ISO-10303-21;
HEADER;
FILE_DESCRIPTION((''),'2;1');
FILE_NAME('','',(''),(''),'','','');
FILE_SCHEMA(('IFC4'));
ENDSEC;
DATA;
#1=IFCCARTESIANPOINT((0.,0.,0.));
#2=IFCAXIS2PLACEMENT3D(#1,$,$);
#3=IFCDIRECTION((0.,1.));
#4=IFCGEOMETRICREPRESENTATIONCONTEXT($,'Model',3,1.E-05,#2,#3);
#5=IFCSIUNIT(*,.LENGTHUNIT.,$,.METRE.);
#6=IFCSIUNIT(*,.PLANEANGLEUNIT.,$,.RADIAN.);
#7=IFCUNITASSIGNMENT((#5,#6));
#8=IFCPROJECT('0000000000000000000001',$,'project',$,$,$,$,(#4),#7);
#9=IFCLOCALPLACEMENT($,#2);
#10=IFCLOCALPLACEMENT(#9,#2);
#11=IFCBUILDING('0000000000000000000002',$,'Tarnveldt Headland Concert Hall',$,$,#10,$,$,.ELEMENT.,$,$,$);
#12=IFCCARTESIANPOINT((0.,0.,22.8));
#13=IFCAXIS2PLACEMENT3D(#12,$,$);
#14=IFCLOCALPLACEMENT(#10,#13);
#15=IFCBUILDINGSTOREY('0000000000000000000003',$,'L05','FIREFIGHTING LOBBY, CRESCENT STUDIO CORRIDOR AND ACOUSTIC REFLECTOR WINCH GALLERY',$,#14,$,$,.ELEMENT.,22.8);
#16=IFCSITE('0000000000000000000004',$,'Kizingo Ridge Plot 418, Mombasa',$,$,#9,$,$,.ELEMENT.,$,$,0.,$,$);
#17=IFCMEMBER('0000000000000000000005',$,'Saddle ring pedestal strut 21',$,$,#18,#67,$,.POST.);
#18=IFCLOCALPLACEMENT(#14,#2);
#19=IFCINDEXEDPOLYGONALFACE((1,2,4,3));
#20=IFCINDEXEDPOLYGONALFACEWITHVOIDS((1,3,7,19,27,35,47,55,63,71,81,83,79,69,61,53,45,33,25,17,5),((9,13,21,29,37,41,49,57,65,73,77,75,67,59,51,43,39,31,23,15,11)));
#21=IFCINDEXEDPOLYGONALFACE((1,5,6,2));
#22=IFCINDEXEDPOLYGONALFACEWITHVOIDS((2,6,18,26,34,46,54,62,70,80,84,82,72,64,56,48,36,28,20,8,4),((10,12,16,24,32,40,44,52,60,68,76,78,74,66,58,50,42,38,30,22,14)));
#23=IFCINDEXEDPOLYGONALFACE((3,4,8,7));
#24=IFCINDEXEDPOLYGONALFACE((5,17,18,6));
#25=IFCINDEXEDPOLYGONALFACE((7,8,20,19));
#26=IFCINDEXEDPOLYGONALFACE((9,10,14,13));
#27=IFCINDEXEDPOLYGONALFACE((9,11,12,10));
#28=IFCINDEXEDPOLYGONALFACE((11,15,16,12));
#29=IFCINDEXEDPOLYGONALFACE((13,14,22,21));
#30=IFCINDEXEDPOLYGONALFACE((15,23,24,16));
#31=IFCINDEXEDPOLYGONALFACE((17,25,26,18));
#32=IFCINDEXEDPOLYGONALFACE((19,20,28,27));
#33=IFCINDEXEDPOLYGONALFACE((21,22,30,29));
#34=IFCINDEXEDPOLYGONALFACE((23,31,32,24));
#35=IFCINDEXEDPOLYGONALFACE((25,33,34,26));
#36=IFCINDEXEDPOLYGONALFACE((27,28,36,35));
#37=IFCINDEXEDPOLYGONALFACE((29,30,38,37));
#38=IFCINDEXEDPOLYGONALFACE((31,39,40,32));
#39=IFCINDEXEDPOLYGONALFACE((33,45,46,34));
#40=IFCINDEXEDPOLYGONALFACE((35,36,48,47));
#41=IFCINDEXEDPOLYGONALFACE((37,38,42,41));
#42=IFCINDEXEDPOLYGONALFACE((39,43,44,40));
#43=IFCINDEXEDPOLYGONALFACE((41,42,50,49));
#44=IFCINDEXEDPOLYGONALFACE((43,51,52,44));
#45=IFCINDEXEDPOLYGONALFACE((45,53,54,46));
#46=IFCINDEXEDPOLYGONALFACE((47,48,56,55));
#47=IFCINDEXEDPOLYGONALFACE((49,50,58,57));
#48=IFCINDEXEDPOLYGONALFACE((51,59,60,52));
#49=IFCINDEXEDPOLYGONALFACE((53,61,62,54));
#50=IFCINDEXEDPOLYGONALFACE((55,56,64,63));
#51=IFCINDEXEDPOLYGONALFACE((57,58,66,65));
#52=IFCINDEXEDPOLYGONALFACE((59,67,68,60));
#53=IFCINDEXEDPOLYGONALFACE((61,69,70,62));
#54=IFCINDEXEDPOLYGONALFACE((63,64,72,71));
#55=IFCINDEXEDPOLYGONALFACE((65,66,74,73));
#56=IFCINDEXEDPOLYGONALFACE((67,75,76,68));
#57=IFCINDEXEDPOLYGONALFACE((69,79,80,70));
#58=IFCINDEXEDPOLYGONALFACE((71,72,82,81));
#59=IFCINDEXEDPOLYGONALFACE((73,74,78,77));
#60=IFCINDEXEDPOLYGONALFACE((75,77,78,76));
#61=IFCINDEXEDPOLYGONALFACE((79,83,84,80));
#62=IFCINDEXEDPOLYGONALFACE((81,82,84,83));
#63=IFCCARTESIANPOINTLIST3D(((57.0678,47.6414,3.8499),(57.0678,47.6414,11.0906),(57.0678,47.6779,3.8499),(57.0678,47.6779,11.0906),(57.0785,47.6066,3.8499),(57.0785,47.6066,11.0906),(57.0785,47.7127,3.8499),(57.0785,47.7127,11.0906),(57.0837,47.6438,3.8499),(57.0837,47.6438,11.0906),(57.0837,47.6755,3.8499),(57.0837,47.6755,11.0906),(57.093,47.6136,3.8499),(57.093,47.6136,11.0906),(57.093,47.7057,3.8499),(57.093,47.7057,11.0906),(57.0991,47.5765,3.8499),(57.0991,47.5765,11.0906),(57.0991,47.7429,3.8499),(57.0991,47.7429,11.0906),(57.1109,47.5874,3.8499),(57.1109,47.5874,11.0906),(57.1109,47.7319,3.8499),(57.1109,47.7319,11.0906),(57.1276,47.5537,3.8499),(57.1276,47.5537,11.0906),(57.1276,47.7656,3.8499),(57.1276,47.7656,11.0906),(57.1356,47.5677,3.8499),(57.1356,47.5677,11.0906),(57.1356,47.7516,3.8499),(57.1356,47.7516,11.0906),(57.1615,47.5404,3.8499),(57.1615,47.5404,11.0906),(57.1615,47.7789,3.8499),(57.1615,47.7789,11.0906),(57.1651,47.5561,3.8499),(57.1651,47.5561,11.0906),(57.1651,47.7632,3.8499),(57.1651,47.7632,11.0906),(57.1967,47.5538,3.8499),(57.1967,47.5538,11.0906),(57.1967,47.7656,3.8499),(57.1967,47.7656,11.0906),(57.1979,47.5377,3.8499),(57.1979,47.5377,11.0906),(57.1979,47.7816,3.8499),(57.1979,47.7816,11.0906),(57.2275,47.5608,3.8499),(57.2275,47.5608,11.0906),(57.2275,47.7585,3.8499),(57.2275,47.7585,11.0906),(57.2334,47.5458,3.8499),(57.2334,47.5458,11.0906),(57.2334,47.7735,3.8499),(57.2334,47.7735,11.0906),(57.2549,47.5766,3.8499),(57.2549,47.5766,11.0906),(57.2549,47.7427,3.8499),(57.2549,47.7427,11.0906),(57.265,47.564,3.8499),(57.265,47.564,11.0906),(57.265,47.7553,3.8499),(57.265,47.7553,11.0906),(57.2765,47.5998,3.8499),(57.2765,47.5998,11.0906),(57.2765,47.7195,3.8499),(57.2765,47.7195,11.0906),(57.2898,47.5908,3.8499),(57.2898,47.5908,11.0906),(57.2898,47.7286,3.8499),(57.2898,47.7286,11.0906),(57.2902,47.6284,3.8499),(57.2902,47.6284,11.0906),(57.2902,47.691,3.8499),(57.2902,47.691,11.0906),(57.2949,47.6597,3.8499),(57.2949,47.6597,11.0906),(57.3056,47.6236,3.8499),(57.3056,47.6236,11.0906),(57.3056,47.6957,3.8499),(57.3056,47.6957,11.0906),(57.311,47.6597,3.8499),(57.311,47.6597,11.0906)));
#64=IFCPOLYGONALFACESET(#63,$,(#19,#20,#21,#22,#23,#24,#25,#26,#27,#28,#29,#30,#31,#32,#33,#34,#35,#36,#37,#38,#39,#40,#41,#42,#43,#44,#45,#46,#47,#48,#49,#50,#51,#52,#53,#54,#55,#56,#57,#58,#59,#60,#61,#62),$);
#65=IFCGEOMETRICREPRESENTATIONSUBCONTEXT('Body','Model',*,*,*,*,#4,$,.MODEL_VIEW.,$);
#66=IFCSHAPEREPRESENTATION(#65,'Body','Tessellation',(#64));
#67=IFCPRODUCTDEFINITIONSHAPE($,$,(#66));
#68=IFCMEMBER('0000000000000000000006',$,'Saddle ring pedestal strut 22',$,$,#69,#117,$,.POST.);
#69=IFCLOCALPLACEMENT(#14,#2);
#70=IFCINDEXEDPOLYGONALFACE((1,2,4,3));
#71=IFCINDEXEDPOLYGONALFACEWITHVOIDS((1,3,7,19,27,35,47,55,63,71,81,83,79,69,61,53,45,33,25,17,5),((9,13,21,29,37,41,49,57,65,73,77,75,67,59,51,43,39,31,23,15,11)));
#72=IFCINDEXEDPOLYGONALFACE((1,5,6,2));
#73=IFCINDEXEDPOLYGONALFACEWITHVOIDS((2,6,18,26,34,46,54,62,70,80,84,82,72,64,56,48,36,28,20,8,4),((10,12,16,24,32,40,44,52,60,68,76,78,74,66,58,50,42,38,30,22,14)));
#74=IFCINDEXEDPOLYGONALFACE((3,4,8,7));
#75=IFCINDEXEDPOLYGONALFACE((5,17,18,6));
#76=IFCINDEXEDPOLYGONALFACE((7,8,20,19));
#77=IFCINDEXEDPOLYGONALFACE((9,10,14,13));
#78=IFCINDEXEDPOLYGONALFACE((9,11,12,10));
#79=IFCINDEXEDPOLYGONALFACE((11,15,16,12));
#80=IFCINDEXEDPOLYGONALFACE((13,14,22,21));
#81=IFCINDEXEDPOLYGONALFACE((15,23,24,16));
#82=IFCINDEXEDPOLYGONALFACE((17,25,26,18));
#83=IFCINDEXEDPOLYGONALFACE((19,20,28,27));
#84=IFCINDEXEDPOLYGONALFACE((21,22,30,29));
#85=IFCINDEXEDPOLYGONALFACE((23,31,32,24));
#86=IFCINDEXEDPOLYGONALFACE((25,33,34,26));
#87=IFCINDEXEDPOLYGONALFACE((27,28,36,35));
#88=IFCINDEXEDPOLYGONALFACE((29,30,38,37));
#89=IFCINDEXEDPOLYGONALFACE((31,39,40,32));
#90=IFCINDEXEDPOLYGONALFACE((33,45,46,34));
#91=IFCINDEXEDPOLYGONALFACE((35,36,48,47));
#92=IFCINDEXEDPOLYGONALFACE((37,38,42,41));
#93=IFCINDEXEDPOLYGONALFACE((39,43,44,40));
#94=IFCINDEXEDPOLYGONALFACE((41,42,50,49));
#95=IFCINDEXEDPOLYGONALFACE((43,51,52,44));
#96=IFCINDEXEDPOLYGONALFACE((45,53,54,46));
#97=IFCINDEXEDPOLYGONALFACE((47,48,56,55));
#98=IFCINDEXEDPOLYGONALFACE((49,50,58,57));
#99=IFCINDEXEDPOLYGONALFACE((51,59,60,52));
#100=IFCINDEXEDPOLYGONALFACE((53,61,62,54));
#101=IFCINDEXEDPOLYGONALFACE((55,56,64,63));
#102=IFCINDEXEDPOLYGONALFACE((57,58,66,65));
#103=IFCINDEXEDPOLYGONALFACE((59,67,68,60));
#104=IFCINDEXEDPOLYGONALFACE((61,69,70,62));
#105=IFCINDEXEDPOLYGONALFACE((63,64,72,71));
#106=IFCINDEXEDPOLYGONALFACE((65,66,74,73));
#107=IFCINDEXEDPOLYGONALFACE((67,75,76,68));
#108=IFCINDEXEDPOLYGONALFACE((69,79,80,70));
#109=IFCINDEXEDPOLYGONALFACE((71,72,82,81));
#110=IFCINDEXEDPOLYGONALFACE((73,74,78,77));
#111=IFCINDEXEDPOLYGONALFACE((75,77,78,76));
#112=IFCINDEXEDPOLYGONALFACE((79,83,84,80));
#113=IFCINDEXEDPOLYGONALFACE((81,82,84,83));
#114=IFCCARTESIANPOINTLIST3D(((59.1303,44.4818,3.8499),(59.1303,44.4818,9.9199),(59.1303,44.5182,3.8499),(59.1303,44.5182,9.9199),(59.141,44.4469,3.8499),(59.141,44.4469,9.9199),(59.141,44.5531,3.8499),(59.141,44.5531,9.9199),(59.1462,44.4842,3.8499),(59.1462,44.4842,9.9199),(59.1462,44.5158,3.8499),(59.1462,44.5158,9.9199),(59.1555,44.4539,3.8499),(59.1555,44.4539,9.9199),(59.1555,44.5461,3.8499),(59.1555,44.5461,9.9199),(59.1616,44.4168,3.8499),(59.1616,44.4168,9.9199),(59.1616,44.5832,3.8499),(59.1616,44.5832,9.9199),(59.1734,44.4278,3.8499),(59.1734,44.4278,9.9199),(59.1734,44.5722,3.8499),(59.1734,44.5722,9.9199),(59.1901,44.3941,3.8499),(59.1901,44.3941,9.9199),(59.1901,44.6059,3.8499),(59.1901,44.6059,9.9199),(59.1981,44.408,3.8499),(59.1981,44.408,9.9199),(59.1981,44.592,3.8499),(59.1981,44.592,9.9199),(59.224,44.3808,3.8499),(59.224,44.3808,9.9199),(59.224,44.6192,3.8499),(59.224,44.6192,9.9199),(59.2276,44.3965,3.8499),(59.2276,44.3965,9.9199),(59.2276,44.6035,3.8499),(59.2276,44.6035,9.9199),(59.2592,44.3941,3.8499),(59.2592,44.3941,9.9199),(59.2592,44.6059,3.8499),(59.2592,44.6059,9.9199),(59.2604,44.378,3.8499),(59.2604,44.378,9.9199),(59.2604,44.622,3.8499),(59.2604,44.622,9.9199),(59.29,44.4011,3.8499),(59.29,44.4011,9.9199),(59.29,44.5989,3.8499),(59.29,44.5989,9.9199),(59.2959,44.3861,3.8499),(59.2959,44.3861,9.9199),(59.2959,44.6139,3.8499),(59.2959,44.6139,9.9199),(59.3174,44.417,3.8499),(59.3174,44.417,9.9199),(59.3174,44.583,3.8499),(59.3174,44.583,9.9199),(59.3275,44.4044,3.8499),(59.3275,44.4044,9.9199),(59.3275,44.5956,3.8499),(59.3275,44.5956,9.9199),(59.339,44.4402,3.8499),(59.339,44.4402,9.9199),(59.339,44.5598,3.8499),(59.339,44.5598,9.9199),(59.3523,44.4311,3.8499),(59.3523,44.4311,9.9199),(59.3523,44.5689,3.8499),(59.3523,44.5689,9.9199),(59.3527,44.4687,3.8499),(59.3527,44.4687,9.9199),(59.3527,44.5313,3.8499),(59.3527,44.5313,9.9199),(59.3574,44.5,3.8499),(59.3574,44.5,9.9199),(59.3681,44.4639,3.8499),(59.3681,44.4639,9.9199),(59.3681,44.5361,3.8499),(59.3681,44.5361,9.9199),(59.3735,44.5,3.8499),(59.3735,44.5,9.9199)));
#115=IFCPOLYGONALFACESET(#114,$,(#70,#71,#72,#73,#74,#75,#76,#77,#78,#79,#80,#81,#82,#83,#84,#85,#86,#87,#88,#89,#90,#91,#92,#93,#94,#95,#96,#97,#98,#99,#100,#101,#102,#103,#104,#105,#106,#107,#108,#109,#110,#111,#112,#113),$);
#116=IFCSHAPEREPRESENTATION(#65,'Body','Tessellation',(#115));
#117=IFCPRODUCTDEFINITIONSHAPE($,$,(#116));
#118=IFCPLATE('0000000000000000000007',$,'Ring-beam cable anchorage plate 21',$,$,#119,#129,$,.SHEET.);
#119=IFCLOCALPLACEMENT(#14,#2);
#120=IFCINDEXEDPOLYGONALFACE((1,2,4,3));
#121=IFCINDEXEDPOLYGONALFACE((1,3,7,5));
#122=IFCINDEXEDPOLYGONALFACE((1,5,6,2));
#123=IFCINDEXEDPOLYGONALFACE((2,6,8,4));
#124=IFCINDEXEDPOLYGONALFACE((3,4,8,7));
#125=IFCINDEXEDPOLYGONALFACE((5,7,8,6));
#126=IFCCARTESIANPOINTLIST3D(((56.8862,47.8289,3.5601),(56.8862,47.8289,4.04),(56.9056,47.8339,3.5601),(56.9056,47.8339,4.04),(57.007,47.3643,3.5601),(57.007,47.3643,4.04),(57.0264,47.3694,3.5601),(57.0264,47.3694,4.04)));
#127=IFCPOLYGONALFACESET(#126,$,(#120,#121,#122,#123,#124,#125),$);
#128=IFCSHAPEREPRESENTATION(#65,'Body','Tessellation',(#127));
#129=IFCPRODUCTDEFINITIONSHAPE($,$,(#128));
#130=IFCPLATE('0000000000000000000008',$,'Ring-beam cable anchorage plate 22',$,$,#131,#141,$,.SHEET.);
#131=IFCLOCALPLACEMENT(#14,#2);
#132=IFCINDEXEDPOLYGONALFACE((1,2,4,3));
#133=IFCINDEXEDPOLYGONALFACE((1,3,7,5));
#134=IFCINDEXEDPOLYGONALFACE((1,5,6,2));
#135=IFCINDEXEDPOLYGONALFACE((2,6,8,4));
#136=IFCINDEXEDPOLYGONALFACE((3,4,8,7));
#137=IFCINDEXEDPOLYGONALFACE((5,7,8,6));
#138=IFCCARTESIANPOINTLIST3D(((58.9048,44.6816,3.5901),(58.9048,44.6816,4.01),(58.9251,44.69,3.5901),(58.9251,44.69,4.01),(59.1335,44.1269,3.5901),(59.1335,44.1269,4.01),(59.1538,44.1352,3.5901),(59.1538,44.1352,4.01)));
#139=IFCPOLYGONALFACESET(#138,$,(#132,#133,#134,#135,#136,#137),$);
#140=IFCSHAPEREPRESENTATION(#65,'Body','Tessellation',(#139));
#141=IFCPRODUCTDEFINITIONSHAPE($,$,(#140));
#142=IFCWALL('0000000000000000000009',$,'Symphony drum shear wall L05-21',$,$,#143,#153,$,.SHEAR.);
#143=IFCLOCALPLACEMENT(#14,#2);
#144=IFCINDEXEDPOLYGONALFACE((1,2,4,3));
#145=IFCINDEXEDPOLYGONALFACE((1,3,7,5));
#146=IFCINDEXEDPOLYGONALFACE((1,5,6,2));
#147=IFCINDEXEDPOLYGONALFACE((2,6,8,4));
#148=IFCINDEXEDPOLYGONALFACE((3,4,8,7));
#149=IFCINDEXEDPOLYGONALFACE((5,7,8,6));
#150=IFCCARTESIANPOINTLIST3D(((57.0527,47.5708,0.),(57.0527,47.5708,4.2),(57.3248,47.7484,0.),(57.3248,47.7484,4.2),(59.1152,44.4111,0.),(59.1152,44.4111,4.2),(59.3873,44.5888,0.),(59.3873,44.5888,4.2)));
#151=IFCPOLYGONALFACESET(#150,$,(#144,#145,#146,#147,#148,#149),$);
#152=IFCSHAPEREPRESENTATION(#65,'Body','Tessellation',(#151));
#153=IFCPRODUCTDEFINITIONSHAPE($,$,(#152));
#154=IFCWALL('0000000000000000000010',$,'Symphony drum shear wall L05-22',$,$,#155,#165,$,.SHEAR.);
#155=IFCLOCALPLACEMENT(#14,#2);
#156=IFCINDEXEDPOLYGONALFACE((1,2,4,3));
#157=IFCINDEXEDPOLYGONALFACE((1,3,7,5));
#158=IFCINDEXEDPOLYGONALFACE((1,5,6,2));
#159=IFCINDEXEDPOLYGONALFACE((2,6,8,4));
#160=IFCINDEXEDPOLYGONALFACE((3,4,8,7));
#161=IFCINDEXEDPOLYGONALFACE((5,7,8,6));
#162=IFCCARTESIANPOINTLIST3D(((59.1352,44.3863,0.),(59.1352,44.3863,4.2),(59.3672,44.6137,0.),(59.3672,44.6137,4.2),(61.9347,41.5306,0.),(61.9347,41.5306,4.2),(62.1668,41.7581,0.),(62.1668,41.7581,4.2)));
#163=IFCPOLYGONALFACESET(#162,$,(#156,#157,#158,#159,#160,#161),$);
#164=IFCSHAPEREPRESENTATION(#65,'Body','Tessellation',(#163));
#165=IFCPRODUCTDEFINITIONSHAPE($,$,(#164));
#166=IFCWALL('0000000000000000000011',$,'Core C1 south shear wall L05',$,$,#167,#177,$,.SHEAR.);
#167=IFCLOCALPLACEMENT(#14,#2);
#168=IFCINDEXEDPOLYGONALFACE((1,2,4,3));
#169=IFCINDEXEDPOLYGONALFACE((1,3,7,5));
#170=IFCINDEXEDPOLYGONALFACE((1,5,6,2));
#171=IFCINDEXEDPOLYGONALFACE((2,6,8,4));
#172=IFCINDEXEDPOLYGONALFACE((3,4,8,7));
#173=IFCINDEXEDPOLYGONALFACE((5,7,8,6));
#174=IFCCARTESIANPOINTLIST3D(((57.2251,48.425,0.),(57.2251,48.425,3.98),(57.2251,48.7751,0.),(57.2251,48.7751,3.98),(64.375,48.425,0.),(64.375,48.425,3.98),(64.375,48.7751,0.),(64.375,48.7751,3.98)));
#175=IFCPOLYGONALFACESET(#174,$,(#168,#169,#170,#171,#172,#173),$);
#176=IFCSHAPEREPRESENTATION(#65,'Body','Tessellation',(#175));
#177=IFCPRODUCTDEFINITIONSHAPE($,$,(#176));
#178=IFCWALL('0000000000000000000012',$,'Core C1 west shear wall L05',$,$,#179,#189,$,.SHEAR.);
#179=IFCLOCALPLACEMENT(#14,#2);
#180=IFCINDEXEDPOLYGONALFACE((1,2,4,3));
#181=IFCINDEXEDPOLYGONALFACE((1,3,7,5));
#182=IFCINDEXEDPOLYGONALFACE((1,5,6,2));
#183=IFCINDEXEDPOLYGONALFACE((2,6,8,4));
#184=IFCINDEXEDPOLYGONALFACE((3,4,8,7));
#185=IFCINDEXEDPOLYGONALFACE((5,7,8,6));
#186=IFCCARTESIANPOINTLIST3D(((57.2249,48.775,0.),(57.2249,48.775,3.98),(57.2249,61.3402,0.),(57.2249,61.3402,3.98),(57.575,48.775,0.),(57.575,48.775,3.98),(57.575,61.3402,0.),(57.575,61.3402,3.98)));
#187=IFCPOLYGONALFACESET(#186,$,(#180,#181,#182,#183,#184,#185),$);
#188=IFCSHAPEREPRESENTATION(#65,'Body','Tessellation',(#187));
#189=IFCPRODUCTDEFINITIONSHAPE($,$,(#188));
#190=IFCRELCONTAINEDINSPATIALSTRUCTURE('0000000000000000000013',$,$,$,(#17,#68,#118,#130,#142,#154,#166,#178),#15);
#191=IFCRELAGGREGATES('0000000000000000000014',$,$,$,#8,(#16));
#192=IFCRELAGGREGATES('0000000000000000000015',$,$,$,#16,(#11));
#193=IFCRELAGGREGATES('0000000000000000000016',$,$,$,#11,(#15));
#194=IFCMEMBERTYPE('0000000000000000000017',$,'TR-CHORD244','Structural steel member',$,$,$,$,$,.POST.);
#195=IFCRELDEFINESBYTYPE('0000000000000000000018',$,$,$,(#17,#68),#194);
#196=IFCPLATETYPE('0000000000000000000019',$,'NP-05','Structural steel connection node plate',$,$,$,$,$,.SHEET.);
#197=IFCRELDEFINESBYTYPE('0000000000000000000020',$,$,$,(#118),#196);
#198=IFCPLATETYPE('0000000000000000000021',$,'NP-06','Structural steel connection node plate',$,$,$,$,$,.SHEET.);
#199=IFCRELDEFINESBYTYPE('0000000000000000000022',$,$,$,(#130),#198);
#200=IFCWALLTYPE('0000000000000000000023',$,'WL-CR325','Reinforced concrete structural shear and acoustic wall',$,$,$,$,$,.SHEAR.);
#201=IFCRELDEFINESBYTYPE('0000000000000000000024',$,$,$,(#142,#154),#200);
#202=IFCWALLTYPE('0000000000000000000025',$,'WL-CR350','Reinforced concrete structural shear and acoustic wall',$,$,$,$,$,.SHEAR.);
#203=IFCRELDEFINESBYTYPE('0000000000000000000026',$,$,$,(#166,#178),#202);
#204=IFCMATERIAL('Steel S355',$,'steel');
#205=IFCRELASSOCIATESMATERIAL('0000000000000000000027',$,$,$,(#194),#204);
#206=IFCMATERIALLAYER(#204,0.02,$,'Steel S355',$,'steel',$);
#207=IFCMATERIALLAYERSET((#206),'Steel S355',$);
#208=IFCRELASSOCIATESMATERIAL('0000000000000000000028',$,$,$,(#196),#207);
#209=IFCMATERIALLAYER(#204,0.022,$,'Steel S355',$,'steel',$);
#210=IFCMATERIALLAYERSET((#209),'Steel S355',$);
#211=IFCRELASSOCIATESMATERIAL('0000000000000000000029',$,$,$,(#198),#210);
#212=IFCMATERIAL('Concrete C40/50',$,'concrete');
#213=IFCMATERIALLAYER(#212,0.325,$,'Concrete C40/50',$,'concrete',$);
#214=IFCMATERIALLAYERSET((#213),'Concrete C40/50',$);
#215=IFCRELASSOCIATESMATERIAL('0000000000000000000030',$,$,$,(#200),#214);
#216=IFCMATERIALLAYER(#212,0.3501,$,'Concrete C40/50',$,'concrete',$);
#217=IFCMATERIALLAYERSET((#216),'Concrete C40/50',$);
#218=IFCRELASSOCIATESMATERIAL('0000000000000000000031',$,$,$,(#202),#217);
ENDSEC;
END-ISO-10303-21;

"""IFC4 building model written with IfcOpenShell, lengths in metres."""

from ifc_helpers import new_model, si_unit, direction, frame, frame_2d, origin, origin_2d, place, context, subcontext, project, spatial, rectangle, hollow_circle, extrude, material, layer, layer_set, material_profile, profile_set, type_object, element, save


model = new_model("IFC4")

# Units and contexts
model_context = context("Model", 3, precision=1e-05, world=origin(), true_north=direction((0.0, 1.0)))
body_context = subcontext(model_context, "Body", "Model", "MODEL_VIEW")
ifc_project = project(units=[si_unit("LENGTHUNIT", "METRE"), si_unit("PLANEANGLEUNIT", "RADIAN")], contexts=[model_context])

# Site, building, storey
site_placement = place(None, origin())
site = spatial("IfcSite", under=ifc_project, at=site_placement, Name="Kizingo Ridge Plot 418, Mombasa", CompositionType="ELEMENT", RefElevation=0.0)
building_placement = place(site_placement, origin())
building = spatial("IfcBuilding", under=site, at=building_placement, Name="Tarnveldt Headland Concert Hall", CompositionType="ELEMENT")
storey_placement = place(building_placement, frame((0.0, 0.0, 22.8)))
storey = spatial("IfcBuildingStorey", under=building, at=storey_placement, Name="L05", Description="FIREFIGHTING LOBBY, CRESCENT STUDIO CORRIDOR AND ACOUSTIC REFLECTOR WINCH GALLERY", CompositionType="ELEMENT", Elevation=22.8)

# Shared definitions
ifc_material_1 = material(Name="Concrete C40/50", Category="concrete")

# Shared definitions
ifc_material_2 = material(Name="Steel S355", Category="steel")

# Members
ifc_material_profile_1 = material_profile(ifc_material_2, hollow_circle(Radius=0.1223, WallThickness=0.0161, at=origin_2d()), Name="CHS 244.5x16", Category="steel")
ifc_profile_set_1 = profile_set([ifc_material_profile_1], Name="Steel S355")
member_type_1 = type_object("IfcMemberType", Name="TR-CHORD244", Description="Structural steel member", PredefinedType="POST", material=ifc_profile_set_1)
member_1_placement = place(storey_placement, frame((57.1887, 47.6597, 3.8499), z_axis=(0.0, 0.0, 1.0), x_axis=(1.0, 0.0, 0.0)))
element("IfcMember", 1, at=member_1_placement, inside=storey, type_object=member_type_1, Name="Saddle ring pedestal strut 21", PredefinedType="POST", context=body_context, shape_type="SweptSolid", body=[
    extrude(hollow_circle(Radius=0.1223, WallThickness=0.0161, at=origin_2d()), origin(), (0.0, 0.0, 1.0), 7.2407),
])
member_2_placement = place(storey_placement, frame((59.2512, 44.5, 3.8499), z_axis=(0.0, 0.0, 1.0), x_axis=(1.0, 0.0, 0.0)))
element("IfcMember", 2, at=member_2_placement, inside=storey, type_object=member_type_1, Name="Saddle ring pedestal strut 22", PredefinedType="POST", context=body_context, shape_type="SweptSolid", body=[
    extrude(hollow_circle(Radius=0.1223, WallThickness=0.0161, at=origin_2d()), origin(), (0.0, 0.0, 1.0), 6.0701),
])

# Plates
ifc_layer_1 = layer(ifc_material_2, 0.02, Name="Steel S355", Category="steel")
ifc_layer_set_1 = layer_set([ifc_layer_1], Name="Steel S355")
plate_type_1 = type_object("IfcPlateType", Name="NP-05", Description="Structural steel connection node plate", PredefinedType="SHEET", material=ifc_layer_set_1)
plate_1_placement = place(storey_placement, frame((56.9563, 47.5991, 3.5601), z_axis=(0.0, 0.0, 1.0), x_axis=(0.251563, -0.967841, 0.0)))
element("IfcPlate", 3, at=plate_1_placement, inside=storey, type_object=plate_type_1, Name="Ring-beam cable anchorage plate 21", PredefinedType="SHEET", context=body_context, shape_type="SweptSolid", body=[
    extrude(rectangle(XDim=0.48, YDim=0.02, at=origin_2d()), origin(), (0.0, 0.0, 1.0), 0.48),
])
ifc_layer_2 = layer(ifc_material_2, 0.022, Name="Steel S355", Category="steel")
ifc_layer_set_2 = layer_set([ifc_layer_2], Name="Steel S355")
plate_type_2 = type_object("IfcPlateType", Name="NP-06", Description="Structural steel connection node plate", PredefinedType="SHEET", material=ifc_layer_set_2)
plate_2_placement = place(storey_placement, frame((59.0293, 44.4084, 3.5901), z_axis=(0.0, 0.0, 1.0), x_axis=(0.381232, -0.92448, 0.0)))
element("IfcPlate", 4, at=plate_2_placement, inside=storey, type_object=plate_type_2, Name="Ring-beam cable anchorage plate 22", PredefinedType="SHEET", context=body_context, shape_type="SweptSolid", body=[
    extrude(rectangle(XDim=0.6001, YDim=0.022, at=origin_2d()), origin(), (0.0, 0.0, 1.0), 0.4199),
])

# Walls
ifc_layer_3 = layer(ifc_material_1, 0.325, Name="Concrete C40/50", Category="concrete")
ifc_layer_set_3 = layer_set([ifc_layer_3], Name="Concrete C40/50")
wall_type_1 = type_object("IfcWallType", Name="WL-CR325", Description="Reinforced concrete structural shear and acoustic wall", PredefinedType="SHEAR", material=ifc_layer_set_3)
wall_1_placement = place(storey_placement, frame((57.1887, 47.6597, 0.0), z_axis=(0.0, 0.0, 1.0), x_axis=(0.546611, -0.837387, 0.0)))
element("IfcWall", 5, at=wall_1_placement, inside=storey, type_object=wall_type_1, Name="Symphony drum shear wall L05-21", PredefinedType="SHEAR", context=body_context, shape_type="SweptSolid", body=[
    extrude(rectangle(XDim=3.7732, YDim=0.325, at=frame_2d((1.8867, 0.0))), origin(), (0.0, 0.0, 1.0), 4.2),
])
wall_2_placement = place(storey_placement, frame((59.2512, 44.5, 0.0), z_axis=(0.0, 0.0, 1.0), x_axis=(0.700051, -0.714093, 0.0)))
element("IfcWall", 6, at=wall_2_placement, inside=storey, type_object=wall_type_1, Name="Symphony drum shear wall L05-22", PredefinedType="SHEAR", context=body_context, shape_type="SweptSolid", body=[
    extrude(rectangle(XDim=3.999, YDim=0.325, at=frame_2d((1.9995, 0.0))), origin(), (0.0, 0.0, 1.0), 4.2),
])
ifc_layer_4 = layer(ifc_material_1, 0.3501, Name="Concrete C40/50", Category="concrete")
ifc_layer_set_4 = layer_set([ifc_layer_4], Name="Concrete C40/50")
wall_type_2 = type_object("IfcWallType", Name="WL-CR350", Description="Reinforced concrete structural shear and acoustic wall", PredefinedType="SHEAR", material=ifc_layer_set_4)
wall_3_placement = place(storey_placement, frame((57.2251, 48.6001, 0.0), z_axis=(0.0, 0.0, 1.0), x_axis=(1.0, 0.0, 0.0)))
element("IfcWall", 7, at=wall_3_placement, inside=storey, type_object=wall_type_2, Name="Core C1 south shear wall L05", PredefinedType="SHEAR", context=body_context, shape_type="SweptSolid", body=[
    extrude(rectangle(XDim=7.1499, YDim=0.3501, at=frame_2d((3.575, 0.0))), origin(), (0.0, 0.0, 1.0), 3.98),
])
wall_4_placement = place(storey_placement, frame((57.3999, 48.7749, 0.0), z_axis=(0.0, 0.0, 1.0), x_axis=(0.0, 1.0, 0.0)))
element("IfcWall", 8, at=wall_4_placement, inside=storey, type_object=wall_type_2, Name="Core C1 west shear wall L05", PredefinedType="SHEAR", context=body_context, shape_type="SweptSolid", body=[
    extrude(rectangle(XDim=12.5652, YDim=0.3501, at=frame_2d((6.2827, 0.0))), origin(), (0.0, 0.0, 1.0), 3.98),
])

save(model, "model.ifc")
